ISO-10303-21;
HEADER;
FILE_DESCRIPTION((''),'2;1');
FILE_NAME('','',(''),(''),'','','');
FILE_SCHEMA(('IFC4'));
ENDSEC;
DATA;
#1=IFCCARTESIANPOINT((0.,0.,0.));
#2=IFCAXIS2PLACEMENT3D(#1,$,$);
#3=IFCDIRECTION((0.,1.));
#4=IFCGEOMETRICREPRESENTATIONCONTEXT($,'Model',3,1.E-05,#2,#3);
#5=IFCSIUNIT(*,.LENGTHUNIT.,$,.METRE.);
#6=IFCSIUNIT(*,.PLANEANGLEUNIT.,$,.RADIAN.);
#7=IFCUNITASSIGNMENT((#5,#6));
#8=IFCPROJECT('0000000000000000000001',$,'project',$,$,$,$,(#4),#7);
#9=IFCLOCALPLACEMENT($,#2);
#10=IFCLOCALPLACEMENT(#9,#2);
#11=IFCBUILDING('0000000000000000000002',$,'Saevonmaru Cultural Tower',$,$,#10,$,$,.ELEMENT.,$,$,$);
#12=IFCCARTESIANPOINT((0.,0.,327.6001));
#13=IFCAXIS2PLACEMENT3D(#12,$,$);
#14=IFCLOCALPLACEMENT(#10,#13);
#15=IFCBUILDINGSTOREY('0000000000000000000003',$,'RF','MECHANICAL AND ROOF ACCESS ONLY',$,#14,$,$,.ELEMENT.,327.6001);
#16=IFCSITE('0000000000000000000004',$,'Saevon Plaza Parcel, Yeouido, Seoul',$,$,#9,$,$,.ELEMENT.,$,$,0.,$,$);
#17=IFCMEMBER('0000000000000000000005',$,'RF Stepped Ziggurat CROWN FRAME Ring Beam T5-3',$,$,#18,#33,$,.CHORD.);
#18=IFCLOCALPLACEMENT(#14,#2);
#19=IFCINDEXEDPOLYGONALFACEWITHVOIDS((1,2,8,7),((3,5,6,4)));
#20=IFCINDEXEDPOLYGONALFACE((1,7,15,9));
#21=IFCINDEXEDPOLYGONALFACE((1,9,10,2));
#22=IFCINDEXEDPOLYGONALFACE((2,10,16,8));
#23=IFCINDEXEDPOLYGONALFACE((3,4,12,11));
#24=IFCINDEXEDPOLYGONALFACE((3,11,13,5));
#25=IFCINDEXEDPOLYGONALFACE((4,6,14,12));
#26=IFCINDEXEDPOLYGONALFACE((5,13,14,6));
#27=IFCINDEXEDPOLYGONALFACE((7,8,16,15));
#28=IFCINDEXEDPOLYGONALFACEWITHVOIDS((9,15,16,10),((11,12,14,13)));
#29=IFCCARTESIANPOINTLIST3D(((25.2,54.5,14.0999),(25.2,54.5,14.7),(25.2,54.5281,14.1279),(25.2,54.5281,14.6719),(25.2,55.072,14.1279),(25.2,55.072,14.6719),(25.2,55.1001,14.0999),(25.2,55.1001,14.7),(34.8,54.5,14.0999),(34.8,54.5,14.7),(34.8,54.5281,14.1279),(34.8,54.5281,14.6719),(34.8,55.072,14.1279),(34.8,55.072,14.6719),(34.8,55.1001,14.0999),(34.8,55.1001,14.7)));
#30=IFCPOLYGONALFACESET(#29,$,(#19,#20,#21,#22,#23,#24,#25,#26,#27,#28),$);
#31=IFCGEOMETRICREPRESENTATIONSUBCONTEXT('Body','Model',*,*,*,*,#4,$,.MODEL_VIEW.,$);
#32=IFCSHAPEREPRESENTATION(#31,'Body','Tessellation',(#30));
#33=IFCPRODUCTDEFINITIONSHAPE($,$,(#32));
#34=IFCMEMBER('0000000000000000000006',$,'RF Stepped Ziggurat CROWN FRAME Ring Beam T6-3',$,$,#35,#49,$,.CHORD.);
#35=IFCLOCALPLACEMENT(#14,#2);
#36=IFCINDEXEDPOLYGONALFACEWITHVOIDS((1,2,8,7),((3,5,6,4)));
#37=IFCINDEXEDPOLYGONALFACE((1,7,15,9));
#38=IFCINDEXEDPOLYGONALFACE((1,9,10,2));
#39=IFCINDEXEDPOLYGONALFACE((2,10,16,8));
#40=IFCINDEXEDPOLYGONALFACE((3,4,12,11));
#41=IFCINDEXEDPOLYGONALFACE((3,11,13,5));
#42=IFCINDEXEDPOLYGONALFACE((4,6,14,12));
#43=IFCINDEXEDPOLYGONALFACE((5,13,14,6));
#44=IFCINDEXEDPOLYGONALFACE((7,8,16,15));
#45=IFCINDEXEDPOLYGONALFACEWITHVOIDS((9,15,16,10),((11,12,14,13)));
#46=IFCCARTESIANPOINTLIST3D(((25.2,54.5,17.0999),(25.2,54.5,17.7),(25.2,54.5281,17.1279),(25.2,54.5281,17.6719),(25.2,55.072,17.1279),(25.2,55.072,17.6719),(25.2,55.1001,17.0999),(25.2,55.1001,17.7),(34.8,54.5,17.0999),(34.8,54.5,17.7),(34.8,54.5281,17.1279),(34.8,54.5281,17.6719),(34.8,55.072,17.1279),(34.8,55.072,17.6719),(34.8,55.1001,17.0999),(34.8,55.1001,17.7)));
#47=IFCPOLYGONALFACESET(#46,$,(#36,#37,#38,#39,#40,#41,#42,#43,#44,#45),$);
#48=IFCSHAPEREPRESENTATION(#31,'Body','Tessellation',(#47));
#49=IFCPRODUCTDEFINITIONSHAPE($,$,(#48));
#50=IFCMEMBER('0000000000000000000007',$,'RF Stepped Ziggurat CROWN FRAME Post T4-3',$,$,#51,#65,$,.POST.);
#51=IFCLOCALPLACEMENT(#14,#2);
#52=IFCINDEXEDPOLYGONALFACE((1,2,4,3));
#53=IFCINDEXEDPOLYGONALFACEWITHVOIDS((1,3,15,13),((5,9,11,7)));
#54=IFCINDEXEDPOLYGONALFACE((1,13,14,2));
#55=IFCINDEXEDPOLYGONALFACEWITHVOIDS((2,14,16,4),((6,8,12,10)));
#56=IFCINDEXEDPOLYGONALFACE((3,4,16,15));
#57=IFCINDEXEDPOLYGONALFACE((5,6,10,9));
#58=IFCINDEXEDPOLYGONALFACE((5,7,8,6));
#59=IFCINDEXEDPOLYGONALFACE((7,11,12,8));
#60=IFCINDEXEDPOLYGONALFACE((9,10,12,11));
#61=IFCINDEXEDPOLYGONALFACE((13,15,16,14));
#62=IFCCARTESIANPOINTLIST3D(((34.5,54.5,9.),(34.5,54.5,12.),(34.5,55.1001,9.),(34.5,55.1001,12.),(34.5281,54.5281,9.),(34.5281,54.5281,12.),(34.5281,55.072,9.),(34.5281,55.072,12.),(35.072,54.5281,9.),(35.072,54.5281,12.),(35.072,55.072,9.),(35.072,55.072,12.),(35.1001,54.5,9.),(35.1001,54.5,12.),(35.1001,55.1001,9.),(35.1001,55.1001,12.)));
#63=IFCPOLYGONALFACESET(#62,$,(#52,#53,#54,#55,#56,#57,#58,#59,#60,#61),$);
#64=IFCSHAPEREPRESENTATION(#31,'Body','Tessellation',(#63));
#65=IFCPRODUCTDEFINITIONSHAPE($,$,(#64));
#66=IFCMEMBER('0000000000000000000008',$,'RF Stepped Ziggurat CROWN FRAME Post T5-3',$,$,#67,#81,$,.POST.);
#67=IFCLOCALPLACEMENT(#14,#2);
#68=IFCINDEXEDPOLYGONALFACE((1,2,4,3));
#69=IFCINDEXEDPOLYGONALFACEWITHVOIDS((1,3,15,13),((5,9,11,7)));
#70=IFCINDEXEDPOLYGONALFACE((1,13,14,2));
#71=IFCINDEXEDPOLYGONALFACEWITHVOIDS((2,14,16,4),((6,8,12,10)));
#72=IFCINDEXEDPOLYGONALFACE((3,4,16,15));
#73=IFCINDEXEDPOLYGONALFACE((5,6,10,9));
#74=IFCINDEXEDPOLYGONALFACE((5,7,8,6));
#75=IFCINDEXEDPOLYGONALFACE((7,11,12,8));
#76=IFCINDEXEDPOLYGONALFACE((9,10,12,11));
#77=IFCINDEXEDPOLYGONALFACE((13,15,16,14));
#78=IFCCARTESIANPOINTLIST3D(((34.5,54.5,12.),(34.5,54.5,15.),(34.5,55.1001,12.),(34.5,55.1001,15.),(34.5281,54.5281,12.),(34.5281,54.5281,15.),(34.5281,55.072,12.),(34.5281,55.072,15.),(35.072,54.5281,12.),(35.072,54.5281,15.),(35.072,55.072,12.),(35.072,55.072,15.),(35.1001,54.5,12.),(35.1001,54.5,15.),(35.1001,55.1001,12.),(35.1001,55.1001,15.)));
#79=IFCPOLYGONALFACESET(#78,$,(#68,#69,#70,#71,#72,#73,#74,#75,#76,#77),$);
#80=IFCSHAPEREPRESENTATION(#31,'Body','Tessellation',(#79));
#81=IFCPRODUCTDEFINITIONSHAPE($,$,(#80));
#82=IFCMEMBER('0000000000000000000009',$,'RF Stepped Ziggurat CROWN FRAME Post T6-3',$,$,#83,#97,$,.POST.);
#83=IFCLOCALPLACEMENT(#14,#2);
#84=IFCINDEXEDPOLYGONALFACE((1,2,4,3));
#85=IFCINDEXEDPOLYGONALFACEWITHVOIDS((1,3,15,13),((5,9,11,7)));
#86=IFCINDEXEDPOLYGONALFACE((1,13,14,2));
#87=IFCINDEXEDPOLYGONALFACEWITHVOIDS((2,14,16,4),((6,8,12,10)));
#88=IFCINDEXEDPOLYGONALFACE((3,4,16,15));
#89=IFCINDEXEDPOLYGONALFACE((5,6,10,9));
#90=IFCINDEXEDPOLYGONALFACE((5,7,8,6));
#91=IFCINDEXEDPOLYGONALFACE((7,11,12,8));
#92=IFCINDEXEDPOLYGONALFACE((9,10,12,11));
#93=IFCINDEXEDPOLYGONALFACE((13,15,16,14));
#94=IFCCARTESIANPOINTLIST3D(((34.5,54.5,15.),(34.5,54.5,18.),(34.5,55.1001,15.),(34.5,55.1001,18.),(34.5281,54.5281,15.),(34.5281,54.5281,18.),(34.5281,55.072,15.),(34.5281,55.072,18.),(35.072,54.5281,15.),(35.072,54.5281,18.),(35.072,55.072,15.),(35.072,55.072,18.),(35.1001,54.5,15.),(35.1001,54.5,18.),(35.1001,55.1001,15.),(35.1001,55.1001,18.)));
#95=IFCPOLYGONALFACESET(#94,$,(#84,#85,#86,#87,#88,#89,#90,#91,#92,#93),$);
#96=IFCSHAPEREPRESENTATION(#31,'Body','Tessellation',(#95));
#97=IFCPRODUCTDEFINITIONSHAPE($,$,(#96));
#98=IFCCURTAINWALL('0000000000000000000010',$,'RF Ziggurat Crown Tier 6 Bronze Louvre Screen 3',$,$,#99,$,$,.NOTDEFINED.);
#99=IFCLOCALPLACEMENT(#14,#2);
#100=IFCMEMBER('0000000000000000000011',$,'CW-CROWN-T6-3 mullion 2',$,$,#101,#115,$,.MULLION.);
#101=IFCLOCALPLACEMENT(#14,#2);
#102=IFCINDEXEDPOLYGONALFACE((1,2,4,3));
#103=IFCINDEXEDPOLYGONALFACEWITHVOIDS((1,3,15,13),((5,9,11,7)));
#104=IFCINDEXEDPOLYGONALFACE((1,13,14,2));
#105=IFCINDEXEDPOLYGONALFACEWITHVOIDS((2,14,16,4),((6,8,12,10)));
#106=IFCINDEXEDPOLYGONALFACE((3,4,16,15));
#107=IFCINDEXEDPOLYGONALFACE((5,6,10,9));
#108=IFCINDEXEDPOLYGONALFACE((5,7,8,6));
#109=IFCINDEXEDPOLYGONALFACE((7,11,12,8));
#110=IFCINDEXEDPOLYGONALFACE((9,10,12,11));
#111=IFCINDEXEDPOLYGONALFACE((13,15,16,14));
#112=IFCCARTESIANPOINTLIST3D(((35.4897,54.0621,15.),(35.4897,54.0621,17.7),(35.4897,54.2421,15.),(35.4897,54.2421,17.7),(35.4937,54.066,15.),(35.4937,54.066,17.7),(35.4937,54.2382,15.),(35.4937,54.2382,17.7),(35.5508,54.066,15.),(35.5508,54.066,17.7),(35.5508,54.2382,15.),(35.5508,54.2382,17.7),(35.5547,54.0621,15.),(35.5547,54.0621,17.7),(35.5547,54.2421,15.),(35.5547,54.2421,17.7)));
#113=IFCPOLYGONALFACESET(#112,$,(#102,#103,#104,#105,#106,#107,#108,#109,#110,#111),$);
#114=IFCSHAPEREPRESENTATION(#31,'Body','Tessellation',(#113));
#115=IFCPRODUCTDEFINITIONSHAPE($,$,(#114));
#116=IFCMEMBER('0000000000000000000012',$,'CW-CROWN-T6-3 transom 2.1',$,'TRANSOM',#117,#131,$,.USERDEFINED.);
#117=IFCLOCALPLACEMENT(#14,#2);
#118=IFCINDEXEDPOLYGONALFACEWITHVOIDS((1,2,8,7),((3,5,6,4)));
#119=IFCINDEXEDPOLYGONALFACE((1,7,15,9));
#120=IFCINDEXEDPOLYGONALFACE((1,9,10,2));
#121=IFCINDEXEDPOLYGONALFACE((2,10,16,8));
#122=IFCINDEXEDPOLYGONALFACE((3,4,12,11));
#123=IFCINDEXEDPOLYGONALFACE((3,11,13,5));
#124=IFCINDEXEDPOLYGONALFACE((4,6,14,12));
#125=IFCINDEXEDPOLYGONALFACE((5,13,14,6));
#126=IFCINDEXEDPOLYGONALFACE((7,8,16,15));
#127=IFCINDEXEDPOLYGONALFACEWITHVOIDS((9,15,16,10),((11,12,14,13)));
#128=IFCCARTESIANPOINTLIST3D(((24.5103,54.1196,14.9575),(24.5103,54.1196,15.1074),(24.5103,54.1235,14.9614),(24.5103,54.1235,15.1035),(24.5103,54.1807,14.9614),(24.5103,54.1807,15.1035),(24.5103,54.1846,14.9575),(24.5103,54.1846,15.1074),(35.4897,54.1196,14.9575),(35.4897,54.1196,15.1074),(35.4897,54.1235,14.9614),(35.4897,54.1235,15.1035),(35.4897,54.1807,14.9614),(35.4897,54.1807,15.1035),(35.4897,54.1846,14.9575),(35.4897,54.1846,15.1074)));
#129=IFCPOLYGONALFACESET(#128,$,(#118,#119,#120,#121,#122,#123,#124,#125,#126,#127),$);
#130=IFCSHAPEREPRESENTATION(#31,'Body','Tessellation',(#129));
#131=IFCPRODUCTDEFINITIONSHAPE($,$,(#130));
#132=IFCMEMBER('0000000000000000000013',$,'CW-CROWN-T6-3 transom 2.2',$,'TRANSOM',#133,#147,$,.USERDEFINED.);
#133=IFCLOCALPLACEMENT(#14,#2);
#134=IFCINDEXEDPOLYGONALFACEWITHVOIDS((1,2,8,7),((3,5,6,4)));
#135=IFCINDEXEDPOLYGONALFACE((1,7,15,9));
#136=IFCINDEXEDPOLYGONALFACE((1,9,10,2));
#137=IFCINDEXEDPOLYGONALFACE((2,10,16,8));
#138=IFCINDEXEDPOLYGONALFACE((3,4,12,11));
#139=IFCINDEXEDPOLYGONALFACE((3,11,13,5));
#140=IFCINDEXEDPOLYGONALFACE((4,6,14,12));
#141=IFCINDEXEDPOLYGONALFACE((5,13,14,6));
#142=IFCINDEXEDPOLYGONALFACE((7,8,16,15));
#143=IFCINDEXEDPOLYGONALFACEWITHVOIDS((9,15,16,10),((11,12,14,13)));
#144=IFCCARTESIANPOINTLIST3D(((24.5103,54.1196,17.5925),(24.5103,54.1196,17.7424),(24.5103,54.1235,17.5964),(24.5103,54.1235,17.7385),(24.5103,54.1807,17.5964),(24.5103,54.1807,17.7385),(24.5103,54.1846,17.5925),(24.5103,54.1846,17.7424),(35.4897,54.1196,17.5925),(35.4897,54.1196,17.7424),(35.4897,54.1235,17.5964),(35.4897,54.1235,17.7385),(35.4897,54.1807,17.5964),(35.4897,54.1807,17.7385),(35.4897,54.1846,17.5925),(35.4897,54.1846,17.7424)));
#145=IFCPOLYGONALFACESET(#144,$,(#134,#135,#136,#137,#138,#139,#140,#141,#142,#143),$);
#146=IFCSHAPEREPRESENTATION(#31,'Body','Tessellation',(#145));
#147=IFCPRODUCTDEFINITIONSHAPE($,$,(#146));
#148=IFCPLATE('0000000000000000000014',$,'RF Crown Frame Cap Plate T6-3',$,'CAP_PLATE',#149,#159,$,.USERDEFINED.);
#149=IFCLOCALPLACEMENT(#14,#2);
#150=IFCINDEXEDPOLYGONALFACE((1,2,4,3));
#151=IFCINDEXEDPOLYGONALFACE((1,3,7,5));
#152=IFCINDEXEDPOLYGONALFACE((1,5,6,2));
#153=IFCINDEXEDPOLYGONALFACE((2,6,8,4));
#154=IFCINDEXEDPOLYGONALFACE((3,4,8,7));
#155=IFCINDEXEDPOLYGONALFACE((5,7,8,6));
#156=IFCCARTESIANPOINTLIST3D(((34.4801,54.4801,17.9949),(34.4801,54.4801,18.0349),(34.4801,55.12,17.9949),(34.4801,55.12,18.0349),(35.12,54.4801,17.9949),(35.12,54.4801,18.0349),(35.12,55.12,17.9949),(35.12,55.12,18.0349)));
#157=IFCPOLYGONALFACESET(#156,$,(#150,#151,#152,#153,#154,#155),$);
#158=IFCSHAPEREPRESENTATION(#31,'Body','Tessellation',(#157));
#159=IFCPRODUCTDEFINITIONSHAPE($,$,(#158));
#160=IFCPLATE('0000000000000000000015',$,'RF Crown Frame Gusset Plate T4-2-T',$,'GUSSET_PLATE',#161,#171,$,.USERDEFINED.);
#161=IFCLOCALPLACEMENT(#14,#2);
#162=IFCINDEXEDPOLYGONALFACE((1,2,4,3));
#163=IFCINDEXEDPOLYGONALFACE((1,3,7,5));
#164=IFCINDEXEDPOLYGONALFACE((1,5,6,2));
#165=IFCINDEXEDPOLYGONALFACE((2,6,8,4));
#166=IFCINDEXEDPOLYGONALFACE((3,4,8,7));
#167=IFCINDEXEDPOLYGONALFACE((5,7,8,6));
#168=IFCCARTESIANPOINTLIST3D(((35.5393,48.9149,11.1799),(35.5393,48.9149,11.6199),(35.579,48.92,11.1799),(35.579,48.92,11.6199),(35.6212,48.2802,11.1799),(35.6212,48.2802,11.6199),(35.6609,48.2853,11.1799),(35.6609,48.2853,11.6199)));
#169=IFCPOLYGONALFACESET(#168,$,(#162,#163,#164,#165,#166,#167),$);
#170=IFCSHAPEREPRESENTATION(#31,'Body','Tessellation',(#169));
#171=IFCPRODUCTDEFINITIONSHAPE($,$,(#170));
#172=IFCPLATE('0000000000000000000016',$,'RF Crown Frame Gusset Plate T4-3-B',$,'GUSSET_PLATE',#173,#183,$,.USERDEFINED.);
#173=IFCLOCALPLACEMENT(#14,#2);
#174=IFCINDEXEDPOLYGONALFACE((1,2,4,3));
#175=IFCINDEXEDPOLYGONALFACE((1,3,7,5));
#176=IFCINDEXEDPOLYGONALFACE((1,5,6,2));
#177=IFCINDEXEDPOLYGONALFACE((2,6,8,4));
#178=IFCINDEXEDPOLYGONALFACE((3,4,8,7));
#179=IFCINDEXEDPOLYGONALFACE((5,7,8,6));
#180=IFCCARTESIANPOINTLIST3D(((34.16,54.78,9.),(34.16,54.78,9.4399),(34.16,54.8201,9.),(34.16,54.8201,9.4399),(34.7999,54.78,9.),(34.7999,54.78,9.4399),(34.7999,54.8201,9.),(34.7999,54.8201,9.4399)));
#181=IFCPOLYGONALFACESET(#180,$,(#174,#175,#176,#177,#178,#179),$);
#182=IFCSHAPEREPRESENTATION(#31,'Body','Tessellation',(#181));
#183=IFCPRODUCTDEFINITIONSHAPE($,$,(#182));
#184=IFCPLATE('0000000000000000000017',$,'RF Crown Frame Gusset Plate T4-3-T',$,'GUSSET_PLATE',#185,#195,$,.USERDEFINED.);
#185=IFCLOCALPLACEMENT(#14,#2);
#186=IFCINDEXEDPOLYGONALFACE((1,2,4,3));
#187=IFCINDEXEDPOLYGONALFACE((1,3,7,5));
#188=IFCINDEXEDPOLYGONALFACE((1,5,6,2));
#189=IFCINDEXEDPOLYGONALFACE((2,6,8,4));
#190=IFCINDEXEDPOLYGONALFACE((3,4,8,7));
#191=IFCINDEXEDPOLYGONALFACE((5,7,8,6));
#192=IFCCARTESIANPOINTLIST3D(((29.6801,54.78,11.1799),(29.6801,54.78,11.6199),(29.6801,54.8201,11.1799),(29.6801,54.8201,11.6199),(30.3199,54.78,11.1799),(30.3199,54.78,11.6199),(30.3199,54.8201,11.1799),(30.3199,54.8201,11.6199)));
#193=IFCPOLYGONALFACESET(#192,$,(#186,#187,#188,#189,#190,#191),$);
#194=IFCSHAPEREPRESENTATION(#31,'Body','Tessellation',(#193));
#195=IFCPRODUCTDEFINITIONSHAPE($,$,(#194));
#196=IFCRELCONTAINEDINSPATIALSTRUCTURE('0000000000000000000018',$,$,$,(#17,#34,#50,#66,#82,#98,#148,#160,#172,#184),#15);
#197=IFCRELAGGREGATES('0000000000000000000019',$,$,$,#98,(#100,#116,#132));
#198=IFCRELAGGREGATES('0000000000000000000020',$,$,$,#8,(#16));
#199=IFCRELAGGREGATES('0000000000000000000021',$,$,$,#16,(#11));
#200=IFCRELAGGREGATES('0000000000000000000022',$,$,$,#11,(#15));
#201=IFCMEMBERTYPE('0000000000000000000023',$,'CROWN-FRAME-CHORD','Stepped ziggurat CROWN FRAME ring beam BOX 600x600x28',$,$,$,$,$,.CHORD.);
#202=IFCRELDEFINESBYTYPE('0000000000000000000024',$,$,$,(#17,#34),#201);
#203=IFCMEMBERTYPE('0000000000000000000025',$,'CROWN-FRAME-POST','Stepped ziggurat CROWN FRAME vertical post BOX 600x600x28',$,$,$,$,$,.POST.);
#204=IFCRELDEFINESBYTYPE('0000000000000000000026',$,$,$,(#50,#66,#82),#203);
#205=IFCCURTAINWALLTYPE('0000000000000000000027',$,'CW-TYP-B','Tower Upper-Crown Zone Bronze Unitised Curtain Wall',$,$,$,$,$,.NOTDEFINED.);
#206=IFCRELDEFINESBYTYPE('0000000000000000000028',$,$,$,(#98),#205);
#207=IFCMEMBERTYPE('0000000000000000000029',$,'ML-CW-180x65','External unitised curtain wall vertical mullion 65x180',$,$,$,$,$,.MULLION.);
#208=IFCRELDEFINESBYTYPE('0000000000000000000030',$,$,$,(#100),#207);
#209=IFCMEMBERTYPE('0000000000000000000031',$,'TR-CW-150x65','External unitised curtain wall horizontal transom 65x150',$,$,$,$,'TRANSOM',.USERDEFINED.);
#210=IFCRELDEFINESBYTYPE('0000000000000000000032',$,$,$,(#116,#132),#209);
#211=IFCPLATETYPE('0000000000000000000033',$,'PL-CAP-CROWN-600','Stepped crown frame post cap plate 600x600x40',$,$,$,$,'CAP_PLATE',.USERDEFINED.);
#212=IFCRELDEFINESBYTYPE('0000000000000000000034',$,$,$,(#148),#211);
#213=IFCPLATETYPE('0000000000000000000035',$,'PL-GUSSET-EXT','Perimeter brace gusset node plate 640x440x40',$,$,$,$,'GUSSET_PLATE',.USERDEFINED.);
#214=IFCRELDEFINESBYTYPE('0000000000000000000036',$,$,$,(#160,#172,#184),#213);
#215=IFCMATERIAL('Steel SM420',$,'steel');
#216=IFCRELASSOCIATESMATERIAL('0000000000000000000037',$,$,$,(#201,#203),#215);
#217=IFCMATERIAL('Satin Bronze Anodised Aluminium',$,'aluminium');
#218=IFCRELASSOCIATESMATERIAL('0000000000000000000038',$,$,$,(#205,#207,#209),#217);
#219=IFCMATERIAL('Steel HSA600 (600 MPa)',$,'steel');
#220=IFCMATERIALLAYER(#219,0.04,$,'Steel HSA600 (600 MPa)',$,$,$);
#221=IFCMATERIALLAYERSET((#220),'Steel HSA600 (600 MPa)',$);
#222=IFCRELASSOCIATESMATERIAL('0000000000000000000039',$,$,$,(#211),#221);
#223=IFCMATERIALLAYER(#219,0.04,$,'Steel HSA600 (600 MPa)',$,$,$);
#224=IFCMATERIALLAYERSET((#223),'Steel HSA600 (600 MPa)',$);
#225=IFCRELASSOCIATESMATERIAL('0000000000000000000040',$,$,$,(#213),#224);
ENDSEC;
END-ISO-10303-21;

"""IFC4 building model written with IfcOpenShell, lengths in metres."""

from ifc_helpers import new_model, si_unit, direction, frame, origin, origin_2d, place, context, subcontext, project, spatial, rectangle, hollow_rectangle, extrude, material, layer, layer_set, material_profile, profile_set, type_object, element, aggregate, save


model = new_model("IFC4")

# Units and contexts
model_context = context("Model", 3, precision=1e-05, world=origin(), true_north=direction((0.0, 1.0)))
body_context = subcontext(model_context, "Body", "Model", "MODEL_VIEW")
ifc_project = project(units=[si_unit("LENGTHUNIT", "METRE"), si_unit("PLANEANGLEUNIT", "RADIAN")], contexts=[model_context])

# Site, building, storey
site_placement = place(None, origin())
site = spatial("IfcSite", under=ifc_project, at=site_placement, Name="Saevon Plaza Parcel, Yeouido, Seoul", CompositionType="ELEMENT", RefElevation=0.0)
building_placement = place(site_placement, origin())
building = spatial("IfcBuilding", under=site, at=building_placement, Name="Saevonmaru Cultural Tower", CompositionType="ELEMENT")
storey_placement = place(building_placement, frame((0.0, 0.0, 327.6001)))
storey = spatial("IfcBuildingStorey", under=building, at=storey_placement, Name="RF", Description="MECHANICAL AND ROOF ACCESS ONLY", CompositionType="ELEMENT", Elevation=327.6001)

# Members
ifc_material_1 = material(Name="Steel SM420", Category="steel")
ifc_material_profile_1 = material_profile(ifc_material_1, hollow_rectangle(XDim=0.6001, YDim=0.6001, WallThickness=0.0281, at=origin_2d()), Name="BOX-600x600x28")
ifc_profile_set_1 = profile_set([ifc_material_profile_1], Name="Steel SM420")
member_type_1 = type_object("IfcMemberType", Name="CROWN-FRAME-CHORD", Description="Stepped ziggurat CROWN FRAME ring beam BOX 600x600x28", PredefinedType="CHORD", material=ifc_profile_set_1)
for number, where, z_axis, x_axis, name in (
    (1, (34.8, 54.8, 14.3999), (-1.0, 0.0, 0.0), (0.0, -1.0, 0.0), "RF Stepped Ziggurat CROWN FRAME Ring Beam T5-3"),
    (2, (34.8, 54.8, 17.3999), (-1.0, 0.0, 0.0), (0.0, -1.0, 0.0), "RF Stepped Ziggurat CROWN FRAME Ring Beam T6-3"),
):
    element("IfcMember", number, at=place(storey_placement, frame(where, z_axis=z_axis, x_axis=x_axis)), inside=storey, type_object=member_type_1, Name=name, PredefinedType="CHORD", context=body_context, shape_type="SweptSolid", body=[
        extrude(hollow_rectangle(XDim=0.6001, YDim=0.6001, WallThickness=0.0281, at=origin_2d()), origin(), (0.0, 0.0, 1.0), 9.6001),
    ])
ifc_material_profile_2 = material_profile(ifc_material_1, hollow_rectangle(XDim=0.6001, YDim=0.6001, WallThickness=0.0281, at=origin_2d()), Name="BOX-600x600x28")
ifc_profile_set_2 = profile_set([ifc_material_profile_2], Name="Steel SM420")
member_type_2 = type_object("IfcMemberType", Name="CROWN-FRAME-POST", Description="Stepped ziggurat CROWN FRAME vertical post BOX 600x600x28", PredefinedType="POST", material=ifc_profile_set_2)
for number, where, z_axis, x_axis, name in (
    (3, (34.8, 54.8, 9.0), (0.0, 0.0, 1.0), (1.0, 0.0, 0.0), "RF Stepped Ziggurat CROWN FRAME Post T4-3"),
    (4, (34.8, 54.8, 12.0), (0.0, 0.0, 1.0), (1.0, 0.0, 0.0), "RF Stepped Ziggurat CROWN FRAME Post T5-3"),
    (5, (34.8, 54.8, 15.0), (0.0, 0.0, 1.0), (1.0, 0.0, 0.0), "RF Stepped Ziggurat CROWN FRAME Post T6-3"),
):
    element("IfcMember", number, at=place(storey_placement, frame(where, z_axis=z_axis, x_axis=x_axis)), inside=storey, type_object=member_type_2, Name=name, PredefinedType="POST", context=body_context, shape_type="SweptSolid", body=[
        extrude(hollow_rectangle(XDim=0.6001, YDim=0.6001, WallThickness=0.0281, at=origin_2d()), origin(), (0.0, 0.0, 1.0), 3.0),
    ])

# Curtain wall, members
ifc_material_2 = material(Name="Satin Bronze Anodised Aluminium", Category="aluminium")
curtain_wall_type = type_object("IfcCurtainWallType", Name="CW-TYP-B", Description="Tower Upper-Crown Zone Bronze Unitised Curtain Wall", PredefinedType="NOTDEFINED", material=ifc_material_2)
curtain_wall_1_placement = place(storey_placement, origin())
curtain_wall_1 = element("IfcCurtainWall", 6, at=curtain_wall_1_placement, inside=storey, type_object=curtain_wall_type, Name="RF Ziggurat Crown Tier 6 Bronze Louvre Screen 3", PredefinedType="NOTDEFINED")
ifc_material_profile_3 = material_profile(ifc_material_2, hollow_rectangle(XDim=0.0649, YDim=0.1799, WallThickness=0.0039, at=origin_2d()), Name="ALU-MULL-180x65x4")
ifc_profile_set_3 = profile_set([ifc_material_profile_3], Name="Satin Bronze Anodised Aluminium")
member_type_3 = type_object("IfcMemberType", Name="ML-CW-180x65", Description="External unitised curtain wall vertical mullion 65x180", PredefinedType="MULLION", material=ifc_profile_set_3)
member_1_placement = place(storey_placement, frame((35.5222, 54.1521, 15.0), z_axis=(0.0, 0.0, 1.0), x_axis=(-1.0, 0.0, 0.0)))
member_1 = element("IfcMember", 7, at=member_1_placement, type_object=member_type_3, Name="CW-CROWN-T6-3 mullion 2", PredefinedType="MULLION", context=body_context, shape_type="SweptSolid", body=[
    extrude(hollow_rectangle(XDim=0.0649, YDim=0.1799, WallThickness=0.0039, at=origin_2d()), origin(), (0.0, 0.0, 1.0), 2.7),
])
ifc_material_profile_4 = material_profile(ifc_material_2, hollow_rectangle(XDim=0.0649, YDim=0.1499, WallThickness=0.0039, at=origin_2d()), Name="ALU-TRAN-150x65x4")
ifc_profile_set_4 = profile_set([ifc_material_profile_4], Name="Satin Bronze Anodised Aluminium")
member_type_4 = type_object("IfcMemberType", Name="TR-CW-150x65", Description="External unitised curtain wall horizontal transom 65x150", ElementType="TRANSOM", PredefinedType="USERDEFINED", material=ifc_profile_set_4)
member_2_placement = place(storey_placement, frame((35.4897, 54.1521, 15.0325), z_axis=(-1.0, 0.0, 0.0), x_axis=(0.0, -1.0, 0.0)))
member_2 = element("IfcMember", 8, at=member_2_placement, type_object=member_type_4, Name="CW-CROWN-T6-3 transom 2.1", ObjectType="TRANSOM", PredefinedType="USERDEFINED", context=body_context, shape_type="SweptSolid", body=[
    extrude(hollow_rectangle(XDim=0.0649, YDim=0.1499, WallThickness=0.0039, at=origin_2d()), origin(), (0.0, 0.0, 1.0), 10.9795),
])
member_3_placement = place(storey_placement, frame((35.4897, 54.1521, 17.6675), z_axis=(-1.0, 0.0, 0.0), x_axis=(0.0, -1.0, 0.0)))
member_3 = element("IfcMember", 9, at=member_3_placement, type_object=member_type_4, Name="CW-CROWN-T6-3 transom 2.2", ObjectType="TRANSOM", PredefinedType="USERDEFINED", context=body_context, shape_type="SweptSolid", body=[
    extrude(hollow_rectangle(XDim=0.0649, YDim=0.1499, WallThickness=0.0039, at=origin_2d()), origin(), (0.0, 0.0, 1.0), 10.9795),
])
aggregate(curtain_wall_1, [member_1, member_2, member_3])

# Plates
ifc_material_3 = material(Name="Steel HSA600 (600 MPa)", Category="steel")
ifc_layer_1 = layer(ifc_material_3, 0.04, Name="Steel HSA600 (600 MPa)")
ifc_layer_set_1 = layer_set([ifc_layer_1], Name="Steel HSA600 (600 MPa)")
plate_type_1 = type_object("IfcPlateType", Name="PL-CAP-CROWN-600", Description="Stepped crown frame post cap plate 600x600x40", ElementType="CAP_PLATE", PredefinedType="USERDEFINED", material=ifc_layer_set_1)
plate_1_placement = place(storey_placement, frame((34.8, 54.8, 17.9949), z_axis=(0.0, 0.0, 1.0), x_axis=(1.0, 0.0, 0.0)))
element("IfcPlate", 10, at=plate_1_placement, inside=storey, type_object=plate_type_1, Name="RF Crown Frame Cap Plate T6-3", ObjectType="CAP_PLATE", PredefinedType="USERDEFINED", context=body_context, shape_type="SweptSolid", body=[
    extrude(rectangle(XDim=0.6399, YDim=0.6399, at=origin_2d()), origin(), (0.0, 0.0, 1.0), 0.04),
])
ifc_layer_2 = layer(ifc_material_3, 0.04, Name="Steel HSA600 (600 MPa)")
ifc_layer_set_2 = layer_set([ifc_layer_2], Name="Steel HSA600 (600 MPa)")
plate_type_2 = type_object("IfcPlateType", Name="PL-GUSSET-EXT", Description="Perimeter brace gusset node plate 640x440x40", ElementType="GUSSET_PLATE", PredefinedType="USERDEFINED", material=ifc_layer_set_2)
for number, where, z_axis, x_axis, name in (
    (11, (35.6001, 48.6001, 11.1799), (0.0, 0.0, 1.0), (-0.127965, 0.991779, 0.0), "RF Crown Frame Gusset Plate T4-2-T"),
    (12, (34.48, 54.8, 9.0), (0.0, 0.0, 1.0), (-1.0, 0.0, 0.0), "RF Crown Frame Gusset Plate T4-3-B"),
    (13, (30.0, 54.8, 11.1799), (0.0, 0.0, 1.0), (-1.0, 0.0, 0.0), "RF Crown Frame Gusset Plate T4-3-T"),
):
    element("IfcPlate", number, at=place(storey_placement, frame(where, z_axis=z_axis, x_axis=x_axis)), inside=storey, type_object=plate_type_2, Name=name, ObjectType="GUSSET_PLATE", PredefinedType="USERDEFINED", context=body_context, shape_type="SweptSolid", body=[
        extrude(rectangle(XDim=0.6399, YDim=0.04, at=origin_2d()), origin(), (0.0, 0.0, 1.0), 0.4399),
    ])

save(model, "model.ifc")
